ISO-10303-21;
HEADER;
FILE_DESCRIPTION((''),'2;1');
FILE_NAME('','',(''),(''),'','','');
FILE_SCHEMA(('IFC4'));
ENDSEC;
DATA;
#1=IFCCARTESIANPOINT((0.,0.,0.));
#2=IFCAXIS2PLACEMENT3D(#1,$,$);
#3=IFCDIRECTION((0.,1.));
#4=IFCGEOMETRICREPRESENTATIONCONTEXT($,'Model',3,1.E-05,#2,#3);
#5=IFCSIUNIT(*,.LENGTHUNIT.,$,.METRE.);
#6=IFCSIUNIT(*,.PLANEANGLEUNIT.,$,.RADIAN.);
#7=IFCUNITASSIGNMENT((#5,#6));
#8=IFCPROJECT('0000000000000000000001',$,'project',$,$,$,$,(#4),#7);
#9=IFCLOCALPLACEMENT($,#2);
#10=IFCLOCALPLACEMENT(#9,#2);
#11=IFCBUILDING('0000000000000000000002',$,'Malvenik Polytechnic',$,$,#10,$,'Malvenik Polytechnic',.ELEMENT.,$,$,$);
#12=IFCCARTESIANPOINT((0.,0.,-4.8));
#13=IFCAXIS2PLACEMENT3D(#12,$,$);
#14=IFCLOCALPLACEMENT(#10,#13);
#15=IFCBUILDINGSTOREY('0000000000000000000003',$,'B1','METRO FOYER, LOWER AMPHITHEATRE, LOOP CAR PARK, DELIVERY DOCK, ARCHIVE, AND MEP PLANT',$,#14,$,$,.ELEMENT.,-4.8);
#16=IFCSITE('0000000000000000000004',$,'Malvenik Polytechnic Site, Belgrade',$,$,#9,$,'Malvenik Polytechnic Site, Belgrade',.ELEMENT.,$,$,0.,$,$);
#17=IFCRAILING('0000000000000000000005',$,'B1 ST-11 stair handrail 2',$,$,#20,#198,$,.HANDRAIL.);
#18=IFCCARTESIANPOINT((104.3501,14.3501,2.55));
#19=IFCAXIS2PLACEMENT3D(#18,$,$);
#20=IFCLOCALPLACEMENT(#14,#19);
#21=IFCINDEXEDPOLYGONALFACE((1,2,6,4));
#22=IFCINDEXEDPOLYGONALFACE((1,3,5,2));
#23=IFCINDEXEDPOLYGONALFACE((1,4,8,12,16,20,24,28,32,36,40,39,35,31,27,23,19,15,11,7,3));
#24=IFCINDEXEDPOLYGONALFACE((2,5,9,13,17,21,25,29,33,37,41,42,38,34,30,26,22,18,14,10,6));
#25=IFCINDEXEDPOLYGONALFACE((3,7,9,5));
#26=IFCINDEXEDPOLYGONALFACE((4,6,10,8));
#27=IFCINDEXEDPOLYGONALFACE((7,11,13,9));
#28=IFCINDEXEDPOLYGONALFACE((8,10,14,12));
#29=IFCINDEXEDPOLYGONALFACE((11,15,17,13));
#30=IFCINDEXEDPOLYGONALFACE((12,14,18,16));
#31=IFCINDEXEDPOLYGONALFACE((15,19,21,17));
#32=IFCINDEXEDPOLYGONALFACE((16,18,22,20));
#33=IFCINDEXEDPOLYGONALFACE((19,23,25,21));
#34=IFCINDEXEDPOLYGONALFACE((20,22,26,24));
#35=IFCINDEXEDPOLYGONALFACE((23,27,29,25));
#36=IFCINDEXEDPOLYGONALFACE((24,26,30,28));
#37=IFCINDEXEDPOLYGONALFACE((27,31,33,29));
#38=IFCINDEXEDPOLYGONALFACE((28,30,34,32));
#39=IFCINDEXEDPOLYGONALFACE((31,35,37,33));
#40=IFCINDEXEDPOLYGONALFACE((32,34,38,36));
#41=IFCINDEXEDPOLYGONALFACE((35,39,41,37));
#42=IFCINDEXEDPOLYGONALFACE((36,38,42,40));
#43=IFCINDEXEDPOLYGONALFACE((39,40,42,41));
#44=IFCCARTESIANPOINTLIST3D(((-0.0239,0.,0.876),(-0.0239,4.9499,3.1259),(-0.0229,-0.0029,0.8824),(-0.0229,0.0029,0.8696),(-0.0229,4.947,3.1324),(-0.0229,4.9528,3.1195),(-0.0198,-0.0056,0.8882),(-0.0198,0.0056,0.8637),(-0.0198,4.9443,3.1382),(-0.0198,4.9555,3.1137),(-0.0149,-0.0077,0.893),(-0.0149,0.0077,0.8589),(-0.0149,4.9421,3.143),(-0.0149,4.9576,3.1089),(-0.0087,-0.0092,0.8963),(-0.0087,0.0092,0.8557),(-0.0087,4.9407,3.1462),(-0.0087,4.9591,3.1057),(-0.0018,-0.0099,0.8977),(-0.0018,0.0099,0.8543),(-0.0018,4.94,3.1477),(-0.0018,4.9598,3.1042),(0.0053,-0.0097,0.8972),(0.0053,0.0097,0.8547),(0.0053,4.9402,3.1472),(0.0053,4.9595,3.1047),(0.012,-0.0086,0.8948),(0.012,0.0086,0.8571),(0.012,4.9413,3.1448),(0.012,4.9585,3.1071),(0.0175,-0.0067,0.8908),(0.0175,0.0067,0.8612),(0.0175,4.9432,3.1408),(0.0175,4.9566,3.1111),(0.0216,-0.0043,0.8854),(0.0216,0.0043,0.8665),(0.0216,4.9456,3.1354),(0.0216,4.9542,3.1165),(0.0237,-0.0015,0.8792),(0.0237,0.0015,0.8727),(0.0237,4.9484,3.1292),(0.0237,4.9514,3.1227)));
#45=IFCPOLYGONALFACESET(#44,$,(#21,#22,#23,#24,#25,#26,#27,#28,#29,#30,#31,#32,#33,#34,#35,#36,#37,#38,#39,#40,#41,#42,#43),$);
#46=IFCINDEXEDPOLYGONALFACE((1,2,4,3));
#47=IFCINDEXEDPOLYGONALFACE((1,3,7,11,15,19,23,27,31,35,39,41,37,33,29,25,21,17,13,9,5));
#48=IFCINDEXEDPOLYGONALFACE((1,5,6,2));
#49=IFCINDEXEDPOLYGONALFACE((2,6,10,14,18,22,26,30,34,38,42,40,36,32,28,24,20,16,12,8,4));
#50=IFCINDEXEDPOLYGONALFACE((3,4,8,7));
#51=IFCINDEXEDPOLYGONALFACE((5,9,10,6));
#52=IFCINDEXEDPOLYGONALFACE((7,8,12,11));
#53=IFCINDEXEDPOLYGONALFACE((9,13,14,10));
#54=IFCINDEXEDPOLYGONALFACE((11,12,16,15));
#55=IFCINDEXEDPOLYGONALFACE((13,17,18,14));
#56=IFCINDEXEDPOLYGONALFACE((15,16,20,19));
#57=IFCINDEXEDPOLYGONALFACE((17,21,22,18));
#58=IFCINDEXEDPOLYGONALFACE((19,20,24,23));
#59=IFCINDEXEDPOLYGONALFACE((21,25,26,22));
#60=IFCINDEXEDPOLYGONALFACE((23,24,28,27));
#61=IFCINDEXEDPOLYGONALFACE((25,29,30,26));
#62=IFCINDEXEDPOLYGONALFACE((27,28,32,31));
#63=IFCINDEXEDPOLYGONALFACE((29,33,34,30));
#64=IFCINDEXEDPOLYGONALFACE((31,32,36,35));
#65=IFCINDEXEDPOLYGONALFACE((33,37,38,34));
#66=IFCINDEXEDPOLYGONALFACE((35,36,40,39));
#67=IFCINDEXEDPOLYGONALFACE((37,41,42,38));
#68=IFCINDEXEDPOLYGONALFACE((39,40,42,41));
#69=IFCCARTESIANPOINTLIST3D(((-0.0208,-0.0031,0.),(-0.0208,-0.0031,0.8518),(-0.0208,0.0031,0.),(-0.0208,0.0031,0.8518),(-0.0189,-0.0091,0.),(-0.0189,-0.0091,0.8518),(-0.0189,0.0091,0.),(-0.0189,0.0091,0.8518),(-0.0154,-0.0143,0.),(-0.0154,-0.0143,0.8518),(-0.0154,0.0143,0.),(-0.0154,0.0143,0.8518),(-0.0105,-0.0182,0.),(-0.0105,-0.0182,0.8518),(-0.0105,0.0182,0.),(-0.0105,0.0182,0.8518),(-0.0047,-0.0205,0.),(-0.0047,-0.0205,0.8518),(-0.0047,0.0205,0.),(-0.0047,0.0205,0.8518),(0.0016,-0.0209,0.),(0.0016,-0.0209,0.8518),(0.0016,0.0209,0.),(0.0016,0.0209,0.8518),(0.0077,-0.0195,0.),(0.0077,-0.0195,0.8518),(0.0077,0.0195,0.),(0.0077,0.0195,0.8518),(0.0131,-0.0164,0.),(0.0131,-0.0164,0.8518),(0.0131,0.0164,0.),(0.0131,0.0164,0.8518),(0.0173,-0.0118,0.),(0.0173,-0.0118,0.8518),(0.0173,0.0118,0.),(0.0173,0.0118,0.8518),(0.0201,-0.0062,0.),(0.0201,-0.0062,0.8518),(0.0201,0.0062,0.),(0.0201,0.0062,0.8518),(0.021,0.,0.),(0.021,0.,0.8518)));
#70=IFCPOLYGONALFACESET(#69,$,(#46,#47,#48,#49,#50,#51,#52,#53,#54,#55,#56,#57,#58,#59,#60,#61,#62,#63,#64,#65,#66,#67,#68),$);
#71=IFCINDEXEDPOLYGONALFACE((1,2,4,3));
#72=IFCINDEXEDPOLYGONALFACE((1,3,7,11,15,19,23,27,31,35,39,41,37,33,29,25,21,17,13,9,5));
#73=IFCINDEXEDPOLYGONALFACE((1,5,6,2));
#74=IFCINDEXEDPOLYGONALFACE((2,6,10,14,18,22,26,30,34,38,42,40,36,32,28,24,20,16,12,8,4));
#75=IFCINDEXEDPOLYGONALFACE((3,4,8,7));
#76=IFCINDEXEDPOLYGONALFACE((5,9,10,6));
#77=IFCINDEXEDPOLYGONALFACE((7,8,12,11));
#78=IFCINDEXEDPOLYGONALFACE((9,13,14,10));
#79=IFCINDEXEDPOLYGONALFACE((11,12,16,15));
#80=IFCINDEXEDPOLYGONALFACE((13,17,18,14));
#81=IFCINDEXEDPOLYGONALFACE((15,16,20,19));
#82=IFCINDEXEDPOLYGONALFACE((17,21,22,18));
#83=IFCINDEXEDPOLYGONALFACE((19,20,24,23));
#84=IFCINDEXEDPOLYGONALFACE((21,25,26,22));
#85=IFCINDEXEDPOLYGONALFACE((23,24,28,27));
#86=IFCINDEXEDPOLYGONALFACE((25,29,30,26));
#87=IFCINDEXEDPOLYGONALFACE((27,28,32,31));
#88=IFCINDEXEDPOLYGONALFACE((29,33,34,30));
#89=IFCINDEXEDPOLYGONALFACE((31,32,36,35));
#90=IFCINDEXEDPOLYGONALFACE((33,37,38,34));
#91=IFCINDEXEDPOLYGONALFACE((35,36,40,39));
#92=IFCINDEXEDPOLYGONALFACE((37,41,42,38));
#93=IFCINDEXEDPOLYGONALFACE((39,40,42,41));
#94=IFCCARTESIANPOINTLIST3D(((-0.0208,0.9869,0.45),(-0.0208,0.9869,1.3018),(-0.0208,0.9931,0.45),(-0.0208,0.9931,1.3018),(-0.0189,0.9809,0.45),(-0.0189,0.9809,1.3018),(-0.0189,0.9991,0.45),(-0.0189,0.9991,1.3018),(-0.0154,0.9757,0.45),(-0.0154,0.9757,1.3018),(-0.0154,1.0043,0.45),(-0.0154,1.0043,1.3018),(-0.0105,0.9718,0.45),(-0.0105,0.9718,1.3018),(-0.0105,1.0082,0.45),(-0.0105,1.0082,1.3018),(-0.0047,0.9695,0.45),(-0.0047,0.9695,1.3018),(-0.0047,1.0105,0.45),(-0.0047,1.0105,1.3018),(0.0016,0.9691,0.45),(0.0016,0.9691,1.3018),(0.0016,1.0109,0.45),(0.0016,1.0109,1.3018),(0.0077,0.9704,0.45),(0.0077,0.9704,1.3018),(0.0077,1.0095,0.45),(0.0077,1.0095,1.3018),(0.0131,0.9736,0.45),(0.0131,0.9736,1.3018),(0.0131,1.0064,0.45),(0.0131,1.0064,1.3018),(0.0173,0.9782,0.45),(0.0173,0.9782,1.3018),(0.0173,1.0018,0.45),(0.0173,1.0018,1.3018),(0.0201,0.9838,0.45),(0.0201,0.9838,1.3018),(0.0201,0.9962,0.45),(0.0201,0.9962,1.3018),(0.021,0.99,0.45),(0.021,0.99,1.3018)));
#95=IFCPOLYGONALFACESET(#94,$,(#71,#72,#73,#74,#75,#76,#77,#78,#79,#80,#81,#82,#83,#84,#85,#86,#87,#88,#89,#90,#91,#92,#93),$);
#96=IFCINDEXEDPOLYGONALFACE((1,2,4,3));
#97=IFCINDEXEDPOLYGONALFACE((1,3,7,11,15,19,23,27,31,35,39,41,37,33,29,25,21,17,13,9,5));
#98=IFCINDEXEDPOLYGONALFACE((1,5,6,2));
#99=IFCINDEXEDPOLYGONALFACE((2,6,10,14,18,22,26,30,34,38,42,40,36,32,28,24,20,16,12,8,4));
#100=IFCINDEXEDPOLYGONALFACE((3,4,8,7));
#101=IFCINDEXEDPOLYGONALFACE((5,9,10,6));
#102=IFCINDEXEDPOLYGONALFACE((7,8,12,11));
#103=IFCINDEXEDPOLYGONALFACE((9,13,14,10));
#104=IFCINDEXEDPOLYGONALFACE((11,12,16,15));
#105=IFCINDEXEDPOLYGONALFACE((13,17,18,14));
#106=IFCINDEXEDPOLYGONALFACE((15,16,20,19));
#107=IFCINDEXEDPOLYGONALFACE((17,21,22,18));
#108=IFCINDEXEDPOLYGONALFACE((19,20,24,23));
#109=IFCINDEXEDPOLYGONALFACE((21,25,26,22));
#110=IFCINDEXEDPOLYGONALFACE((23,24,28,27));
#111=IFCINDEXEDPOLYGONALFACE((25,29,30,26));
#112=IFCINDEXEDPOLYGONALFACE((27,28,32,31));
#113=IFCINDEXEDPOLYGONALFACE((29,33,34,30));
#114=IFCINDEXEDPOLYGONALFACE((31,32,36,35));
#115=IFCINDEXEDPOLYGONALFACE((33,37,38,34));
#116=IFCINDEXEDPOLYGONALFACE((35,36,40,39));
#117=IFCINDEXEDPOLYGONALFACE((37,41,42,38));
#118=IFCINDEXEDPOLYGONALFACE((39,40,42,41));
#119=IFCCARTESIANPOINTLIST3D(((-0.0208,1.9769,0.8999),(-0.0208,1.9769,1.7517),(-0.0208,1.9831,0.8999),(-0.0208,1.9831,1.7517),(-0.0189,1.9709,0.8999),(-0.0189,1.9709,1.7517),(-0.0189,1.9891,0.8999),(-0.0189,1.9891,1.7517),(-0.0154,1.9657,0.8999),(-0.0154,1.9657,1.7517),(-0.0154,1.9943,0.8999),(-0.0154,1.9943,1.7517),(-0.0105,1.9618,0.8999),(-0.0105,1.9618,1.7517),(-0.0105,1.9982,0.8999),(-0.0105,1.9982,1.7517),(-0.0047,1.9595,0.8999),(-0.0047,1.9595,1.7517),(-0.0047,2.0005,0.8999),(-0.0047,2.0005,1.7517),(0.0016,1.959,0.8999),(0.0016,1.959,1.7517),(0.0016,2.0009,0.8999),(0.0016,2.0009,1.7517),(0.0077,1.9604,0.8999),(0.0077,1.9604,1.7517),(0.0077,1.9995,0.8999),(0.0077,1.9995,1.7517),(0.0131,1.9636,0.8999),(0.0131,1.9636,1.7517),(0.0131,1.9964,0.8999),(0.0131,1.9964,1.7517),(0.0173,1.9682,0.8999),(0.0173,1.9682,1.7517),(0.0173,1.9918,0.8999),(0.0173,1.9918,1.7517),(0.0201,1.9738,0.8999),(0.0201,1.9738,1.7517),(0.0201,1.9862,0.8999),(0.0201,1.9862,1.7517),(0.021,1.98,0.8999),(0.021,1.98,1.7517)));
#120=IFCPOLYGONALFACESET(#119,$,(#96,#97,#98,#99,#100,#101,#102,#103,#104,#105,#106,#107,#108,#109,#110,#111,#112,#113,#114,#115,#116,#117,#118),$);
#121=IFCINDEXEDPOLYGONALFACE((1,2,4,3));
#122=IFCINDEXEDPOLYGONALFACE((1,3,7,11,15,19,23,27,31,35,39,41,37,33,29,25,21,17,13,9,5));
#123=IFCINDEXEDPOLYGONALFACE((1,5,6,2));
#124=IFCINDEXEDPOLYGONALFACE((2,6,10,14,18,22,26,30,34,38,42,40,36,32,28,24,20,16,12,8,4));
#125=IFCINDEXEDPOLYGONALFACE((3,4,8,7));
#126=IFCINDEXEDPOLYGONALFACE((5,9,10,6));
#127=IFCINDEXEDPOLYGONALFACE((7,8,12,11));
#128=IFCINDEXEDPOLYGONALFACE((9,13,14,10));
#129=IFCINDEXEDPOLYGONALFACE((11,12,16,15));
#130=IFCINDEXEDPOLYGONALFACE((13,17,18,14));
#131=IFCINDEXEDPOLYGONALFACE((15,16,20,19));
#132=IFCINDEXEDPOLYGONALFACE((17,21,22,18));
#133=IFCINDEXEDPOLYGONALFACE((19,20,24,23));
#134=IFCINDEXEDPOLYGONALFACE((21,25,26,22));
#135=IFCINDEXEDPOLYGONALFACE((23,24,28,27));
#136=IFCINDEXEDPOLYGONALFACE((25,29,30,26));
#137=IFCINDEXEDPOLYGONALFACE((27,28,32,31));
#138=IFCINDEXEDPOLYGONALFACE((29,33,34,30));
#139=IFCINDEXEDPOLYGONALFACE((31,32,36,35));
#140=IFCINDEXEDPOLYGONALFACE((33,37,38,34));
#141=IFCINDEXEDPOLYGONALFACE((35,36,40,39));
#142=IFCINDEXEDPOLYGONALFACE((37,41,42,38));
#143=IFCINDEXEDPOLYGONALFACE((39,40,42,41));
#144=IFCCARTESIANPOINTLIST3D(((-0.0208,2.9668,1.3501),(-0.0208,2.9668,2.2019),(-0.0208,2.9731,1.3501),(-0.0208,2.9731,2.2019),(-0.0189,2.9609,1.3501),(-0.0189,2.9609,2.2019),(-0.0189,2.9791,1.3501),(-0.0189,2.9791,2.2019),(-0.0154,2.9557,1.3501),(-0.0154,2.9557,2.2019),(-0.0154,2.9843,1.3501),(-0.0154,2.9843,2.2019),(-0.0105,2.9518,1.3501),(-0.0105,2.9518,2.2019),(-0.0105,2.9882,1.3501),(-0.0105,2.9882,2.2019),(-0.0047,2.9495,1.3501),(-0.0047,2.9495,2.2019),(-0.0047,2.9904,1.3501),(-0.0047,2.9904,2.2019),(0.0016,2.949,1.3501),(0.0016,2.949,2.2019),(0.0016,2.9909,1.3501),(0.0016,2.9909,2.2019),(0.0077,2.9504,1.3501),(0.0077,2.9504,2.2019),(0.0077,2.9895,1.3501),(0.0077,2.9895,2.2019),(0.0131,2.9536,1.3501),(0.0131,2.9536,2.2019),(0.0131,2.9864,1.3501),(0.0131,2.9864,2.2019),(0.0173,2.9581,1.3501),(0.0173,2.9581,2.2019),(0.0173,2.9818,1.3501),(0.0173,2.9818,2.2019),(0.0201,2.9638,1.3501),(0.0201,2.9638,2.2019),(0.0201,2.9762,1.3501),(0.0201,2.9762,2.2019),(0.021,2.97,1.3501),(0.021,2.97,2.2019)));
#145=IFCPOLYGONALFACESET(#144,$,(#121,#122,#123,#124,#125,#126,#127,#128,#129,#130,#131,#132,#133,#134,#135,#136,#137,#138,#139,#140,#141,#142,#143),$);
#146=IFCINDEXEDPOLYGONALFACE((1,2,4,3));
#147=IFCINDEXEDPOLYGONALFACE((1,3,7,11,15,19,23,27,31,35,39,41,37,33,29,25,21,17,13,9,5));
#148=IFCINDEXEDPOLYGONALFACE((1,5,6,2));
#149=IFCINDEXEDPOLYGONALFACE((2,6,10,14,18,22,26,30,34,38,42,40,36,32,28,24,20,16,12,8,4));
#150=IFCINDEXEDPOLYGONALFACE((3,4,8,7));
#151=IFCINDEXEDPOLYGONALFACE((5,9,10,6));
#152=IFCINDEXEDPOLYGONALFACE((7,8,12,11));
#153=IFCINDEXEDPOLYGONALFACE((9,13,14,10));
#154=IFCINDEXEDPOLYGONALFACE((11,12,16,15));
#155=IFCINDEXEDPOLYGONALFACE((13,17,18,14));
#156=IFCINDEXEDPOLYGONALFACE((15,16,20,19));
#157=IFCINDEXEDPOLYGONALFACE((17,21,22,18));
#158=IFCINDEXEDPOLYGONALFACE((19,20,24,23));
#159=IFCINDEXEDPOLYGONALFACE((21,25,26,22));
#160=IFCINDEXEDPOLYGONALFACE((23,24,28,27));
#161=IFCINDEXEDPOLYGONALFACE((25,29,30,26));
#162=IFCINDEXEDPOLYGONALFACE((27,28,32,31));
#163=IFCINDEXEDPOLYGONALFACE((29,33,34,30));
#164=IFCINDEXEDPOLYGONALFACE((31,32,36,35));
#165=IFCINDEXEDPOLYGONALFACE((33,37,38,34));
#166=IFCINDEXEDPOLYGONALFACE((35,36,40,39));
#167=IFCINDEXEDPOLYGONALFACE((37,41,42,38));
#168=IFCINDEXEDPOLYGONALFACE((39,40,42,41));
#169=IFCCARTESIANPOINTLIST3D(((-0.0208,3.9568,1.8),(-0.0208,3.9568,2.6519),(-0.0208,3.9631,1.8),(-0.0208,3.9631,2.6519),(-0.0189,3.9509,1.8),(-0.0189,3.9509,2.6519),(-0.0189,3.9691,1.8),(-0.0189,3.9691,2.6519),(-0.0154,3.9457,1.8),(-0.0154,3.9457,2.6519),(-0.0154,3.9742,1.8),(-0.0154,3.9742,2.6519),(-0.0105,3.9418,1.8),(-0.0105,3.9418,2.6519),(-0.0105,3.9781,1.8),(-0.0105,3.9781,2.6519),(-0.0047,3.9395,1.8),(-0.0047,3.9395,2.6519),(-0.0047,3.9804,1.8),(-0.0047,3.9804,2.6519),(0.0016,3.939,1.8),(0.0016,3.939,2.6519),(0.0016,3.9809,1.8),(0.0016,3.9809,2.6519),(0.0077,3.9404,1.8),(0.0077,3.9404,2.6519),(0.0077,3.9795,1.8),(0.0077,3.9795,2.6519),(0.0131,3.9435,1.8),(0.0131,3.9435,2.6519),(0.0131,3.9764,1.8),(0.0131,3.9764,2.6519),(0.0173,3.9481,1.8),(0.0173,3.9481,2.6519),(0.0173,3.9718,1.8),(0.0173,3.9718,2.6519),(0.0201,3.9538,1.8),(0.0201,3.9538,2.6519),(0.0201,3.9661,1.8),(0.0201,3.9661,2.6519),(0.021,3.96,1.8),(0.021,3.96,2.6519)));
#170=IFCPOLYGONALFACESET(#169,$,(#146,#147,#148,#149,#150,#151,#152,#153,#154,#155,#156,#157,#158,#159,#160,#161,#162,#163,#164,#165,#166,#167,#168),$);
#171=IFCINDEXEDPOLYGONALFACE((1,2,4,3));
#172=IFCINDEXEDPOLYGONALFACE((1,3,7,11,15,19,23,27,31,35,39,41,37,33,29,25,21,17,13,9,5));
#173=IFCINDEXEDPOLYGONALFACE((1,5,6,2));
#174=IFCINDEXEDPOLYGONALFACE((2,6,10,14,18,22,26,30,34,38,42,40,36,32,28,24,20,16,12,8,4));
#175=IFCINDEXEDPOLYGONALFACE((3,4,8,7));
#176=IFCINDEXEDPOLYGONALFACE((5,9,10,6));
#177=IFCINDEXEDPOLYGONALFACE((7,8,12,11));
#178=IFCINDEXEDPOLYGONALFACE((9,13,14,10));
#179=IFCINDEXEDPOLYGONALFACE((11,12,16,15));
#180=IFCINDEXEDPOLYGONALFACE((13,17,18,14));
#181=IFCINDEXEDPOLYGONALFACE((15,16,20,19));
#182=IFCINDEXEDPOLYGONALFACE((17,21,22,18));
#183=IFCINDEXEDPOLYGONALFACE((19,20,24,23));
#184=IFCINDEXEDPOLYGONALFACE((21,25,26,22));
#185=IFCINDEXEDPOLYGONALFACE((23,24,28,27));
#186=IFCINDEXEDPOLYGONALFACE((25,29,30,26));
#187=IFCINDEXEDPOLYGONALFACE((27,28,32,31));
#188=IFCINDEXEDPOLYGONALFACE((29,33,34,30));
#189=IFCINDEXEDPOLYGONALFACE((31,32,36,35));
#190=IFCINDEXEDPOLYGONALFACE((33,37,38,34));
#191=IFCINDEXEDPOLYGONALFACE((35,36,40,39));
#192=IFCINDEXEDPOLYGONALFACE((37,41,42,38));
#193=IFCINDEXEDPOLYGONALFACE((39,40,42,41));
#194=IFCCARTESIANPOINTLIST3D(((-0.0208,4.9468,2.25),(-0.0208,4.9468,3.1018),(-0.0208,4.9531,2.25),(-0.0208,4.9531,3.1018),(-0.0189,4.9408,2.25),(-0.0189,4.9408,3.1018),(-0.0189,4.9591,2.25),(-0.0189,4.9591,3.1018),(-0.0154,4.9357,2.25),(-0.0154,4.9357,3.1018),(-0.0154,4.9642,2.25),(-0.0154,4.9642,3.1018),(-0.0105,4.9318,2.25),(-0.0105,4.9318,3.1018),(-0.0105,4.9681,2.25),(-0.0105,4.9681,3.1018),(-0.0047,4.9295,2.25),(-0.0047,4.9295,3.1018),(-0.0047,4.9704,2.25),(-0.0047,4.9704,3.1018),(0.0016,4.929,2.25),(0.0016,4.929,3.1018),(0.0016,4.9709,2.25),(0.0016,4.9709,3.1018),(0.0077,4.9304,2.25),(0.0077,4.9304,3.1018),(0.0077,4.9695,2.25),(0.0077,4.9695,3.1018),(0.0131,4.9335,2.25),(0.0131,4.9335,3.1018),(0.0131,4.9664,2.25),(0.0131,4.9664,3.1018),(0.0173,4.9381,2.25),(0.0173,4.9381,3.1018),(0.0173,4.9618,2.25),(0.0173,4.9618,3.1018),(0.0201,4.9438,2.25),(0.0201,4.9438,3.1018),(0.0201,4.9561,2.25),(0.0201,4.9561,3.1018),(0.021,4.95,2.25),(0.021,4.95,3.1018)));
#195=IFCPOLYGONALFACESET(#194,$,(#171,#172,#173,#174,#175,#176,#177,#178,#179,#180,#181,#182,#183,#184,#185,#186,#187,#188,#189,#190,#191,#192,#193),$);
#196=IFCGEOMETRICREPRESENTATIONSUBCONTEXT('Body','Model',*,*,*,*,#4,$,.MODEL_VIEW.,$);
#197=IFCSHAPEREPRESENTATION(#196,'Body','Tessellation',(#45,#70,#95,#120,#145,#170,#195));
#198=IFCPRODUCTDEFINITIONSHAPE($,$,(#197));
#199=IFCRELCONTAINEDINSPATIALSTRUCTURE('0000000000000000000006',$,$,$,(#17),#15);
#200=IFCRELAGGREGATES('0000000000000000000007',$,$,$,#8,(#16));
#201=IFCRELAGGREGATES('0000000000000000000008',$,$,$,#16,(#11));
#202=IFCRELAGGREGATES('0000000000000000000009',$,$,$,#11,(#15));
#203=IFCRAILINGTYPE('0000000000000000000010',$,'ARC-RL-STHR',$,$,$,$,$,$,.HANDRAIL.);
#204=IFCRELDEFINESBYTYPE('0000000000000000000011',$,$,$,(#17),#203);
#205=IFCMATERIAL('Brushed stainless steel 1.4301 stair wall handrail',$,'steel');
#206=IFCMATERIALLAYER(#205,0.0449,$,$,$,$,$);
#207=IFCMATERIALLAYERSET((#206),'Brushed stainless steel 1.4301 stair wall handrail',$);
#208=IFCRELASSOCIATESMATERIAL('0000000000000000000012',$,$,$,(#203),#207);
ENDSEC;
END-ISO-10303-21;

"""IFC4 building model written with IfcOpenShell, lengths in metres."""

from ifc_helpers import new_model, si_unit, direction, frame, origin, origin_2d, place, context, subcontext, project, spatial, circle, extrude, material, layer, layer_set, type_object, element, save


model = new_model("IFC4")

# Units and contexts
model_context = context("Model", 3, precision=1e-05, world=origin(), true_north=direction((0.0, 1.0)))
body_context = subcontext(model_context, "Body", "Model", "MODEL_VIEW")
ifc_project = project(units=[si_unit("LENGTHUNIT", "METRE"), si_unit("PLANEANGLEUNIT", "RADIAN")], contexts=[model_context])

# Site, building, storey
site_placement = place(None, origin())
site = spatial("IfcSite", under=ifc_project, at=site_placement, Name="Malvenik Polytechnic Site, Belgrade", LongName="Malvenik Polytechnic Site, Belgrade", CompositionType="ELEMENT", RefElevation=0.0)
building_placement = place(site_placement, origin())
building = spatial("IfcBuilding", under=site, at=building_placement, Name="Malvenik Polytechnic", LongName="Malvenik Polytechnic", CompositionType="ELEMENT")
storey_placement = place(building_placement, frame((0.0, 0.0, -4.8)))
storey = spatial("IfcBuildingStorey", under=building, at=storey_placement, Name="B1", Description="METRO FOYER, LOWER AMPHITHEATRE, LOOP CAR PARK, DELIVERY DOCK, ARCHIVE, AND MEP PLANT", CompositionType="ELEMENT", Elevation=-4.8)

# Railing
ifc_material_1 = material(Name="Brushed stainless steel 1.4301 stair wall handrail", Category="steel")
ifc_layer_1 = layer(ifc_material_1, 0.0449)
ifc_layer_set_1 = layer_set([ifc_layer_1], Name="Brushed stainless steel 1.4301 stair wall handrail")
railing_type_1 = type_object("IfcRailingType", Name="ARC-RL-STHR", PredefinedType="HANDRAIL", material=ifc_layer_set_1)
railing_1_placement = place(storey_placement, frame((104.3501, 14.3501, 2.55)))
element("IfcRailing", 1, at=railing_1_placement, inside=storey, type_object=railing_type_1, Name="B1 ST-11 stair handrail 2", PredefinedType="HANDRAIL", context=body_context, shape_type="SweptSolid", body=[
    extrude(circle(Radius=0.0239, at=origin_2d()), frame((0.0, 0.0, 0.876), z_axis=(0.0, 0.910365, 0.413806), x_axis=(-1.0, 0.0, 0.0)), (0.0, 0.0, 1.0), 5.4373),
    extrude(circle(Radius=0.021, at=origin_2d()), origin(), (0.0, 0.0, 1.0), 0.8518),
    extrude(circle(Radius=0.021, at=origin_2d()), frame((0.0, 0.99, 0.45)), (0.0, 0.0, 1.0), 0.8518),
    extrude(circle(Radius=0.021, at=origin_2d()), frame((0.0, 1.98, 0.8999)), (0.0, 0.0, 1.0), 0.8518),
    extrude(circle(Radius=0.021, at=origin_2d()), frame((0.0, 2.97, 1.3501)), (0.0, 0.0, 1.0), 0.8518),
    extrude(circle(Radius=0.021, at=origin_2d()), frame((0.0, 3.96, 1.8)), (0.0, 0.0, 1.0), 0.8518),
    extrude(circle(Radius=0.021, at=origin_2d()), frame((0.0, 4.95, 2.25)), (0.0, 0.0, 1.0), 0.8518),
])

save(model, "model.ifc")
